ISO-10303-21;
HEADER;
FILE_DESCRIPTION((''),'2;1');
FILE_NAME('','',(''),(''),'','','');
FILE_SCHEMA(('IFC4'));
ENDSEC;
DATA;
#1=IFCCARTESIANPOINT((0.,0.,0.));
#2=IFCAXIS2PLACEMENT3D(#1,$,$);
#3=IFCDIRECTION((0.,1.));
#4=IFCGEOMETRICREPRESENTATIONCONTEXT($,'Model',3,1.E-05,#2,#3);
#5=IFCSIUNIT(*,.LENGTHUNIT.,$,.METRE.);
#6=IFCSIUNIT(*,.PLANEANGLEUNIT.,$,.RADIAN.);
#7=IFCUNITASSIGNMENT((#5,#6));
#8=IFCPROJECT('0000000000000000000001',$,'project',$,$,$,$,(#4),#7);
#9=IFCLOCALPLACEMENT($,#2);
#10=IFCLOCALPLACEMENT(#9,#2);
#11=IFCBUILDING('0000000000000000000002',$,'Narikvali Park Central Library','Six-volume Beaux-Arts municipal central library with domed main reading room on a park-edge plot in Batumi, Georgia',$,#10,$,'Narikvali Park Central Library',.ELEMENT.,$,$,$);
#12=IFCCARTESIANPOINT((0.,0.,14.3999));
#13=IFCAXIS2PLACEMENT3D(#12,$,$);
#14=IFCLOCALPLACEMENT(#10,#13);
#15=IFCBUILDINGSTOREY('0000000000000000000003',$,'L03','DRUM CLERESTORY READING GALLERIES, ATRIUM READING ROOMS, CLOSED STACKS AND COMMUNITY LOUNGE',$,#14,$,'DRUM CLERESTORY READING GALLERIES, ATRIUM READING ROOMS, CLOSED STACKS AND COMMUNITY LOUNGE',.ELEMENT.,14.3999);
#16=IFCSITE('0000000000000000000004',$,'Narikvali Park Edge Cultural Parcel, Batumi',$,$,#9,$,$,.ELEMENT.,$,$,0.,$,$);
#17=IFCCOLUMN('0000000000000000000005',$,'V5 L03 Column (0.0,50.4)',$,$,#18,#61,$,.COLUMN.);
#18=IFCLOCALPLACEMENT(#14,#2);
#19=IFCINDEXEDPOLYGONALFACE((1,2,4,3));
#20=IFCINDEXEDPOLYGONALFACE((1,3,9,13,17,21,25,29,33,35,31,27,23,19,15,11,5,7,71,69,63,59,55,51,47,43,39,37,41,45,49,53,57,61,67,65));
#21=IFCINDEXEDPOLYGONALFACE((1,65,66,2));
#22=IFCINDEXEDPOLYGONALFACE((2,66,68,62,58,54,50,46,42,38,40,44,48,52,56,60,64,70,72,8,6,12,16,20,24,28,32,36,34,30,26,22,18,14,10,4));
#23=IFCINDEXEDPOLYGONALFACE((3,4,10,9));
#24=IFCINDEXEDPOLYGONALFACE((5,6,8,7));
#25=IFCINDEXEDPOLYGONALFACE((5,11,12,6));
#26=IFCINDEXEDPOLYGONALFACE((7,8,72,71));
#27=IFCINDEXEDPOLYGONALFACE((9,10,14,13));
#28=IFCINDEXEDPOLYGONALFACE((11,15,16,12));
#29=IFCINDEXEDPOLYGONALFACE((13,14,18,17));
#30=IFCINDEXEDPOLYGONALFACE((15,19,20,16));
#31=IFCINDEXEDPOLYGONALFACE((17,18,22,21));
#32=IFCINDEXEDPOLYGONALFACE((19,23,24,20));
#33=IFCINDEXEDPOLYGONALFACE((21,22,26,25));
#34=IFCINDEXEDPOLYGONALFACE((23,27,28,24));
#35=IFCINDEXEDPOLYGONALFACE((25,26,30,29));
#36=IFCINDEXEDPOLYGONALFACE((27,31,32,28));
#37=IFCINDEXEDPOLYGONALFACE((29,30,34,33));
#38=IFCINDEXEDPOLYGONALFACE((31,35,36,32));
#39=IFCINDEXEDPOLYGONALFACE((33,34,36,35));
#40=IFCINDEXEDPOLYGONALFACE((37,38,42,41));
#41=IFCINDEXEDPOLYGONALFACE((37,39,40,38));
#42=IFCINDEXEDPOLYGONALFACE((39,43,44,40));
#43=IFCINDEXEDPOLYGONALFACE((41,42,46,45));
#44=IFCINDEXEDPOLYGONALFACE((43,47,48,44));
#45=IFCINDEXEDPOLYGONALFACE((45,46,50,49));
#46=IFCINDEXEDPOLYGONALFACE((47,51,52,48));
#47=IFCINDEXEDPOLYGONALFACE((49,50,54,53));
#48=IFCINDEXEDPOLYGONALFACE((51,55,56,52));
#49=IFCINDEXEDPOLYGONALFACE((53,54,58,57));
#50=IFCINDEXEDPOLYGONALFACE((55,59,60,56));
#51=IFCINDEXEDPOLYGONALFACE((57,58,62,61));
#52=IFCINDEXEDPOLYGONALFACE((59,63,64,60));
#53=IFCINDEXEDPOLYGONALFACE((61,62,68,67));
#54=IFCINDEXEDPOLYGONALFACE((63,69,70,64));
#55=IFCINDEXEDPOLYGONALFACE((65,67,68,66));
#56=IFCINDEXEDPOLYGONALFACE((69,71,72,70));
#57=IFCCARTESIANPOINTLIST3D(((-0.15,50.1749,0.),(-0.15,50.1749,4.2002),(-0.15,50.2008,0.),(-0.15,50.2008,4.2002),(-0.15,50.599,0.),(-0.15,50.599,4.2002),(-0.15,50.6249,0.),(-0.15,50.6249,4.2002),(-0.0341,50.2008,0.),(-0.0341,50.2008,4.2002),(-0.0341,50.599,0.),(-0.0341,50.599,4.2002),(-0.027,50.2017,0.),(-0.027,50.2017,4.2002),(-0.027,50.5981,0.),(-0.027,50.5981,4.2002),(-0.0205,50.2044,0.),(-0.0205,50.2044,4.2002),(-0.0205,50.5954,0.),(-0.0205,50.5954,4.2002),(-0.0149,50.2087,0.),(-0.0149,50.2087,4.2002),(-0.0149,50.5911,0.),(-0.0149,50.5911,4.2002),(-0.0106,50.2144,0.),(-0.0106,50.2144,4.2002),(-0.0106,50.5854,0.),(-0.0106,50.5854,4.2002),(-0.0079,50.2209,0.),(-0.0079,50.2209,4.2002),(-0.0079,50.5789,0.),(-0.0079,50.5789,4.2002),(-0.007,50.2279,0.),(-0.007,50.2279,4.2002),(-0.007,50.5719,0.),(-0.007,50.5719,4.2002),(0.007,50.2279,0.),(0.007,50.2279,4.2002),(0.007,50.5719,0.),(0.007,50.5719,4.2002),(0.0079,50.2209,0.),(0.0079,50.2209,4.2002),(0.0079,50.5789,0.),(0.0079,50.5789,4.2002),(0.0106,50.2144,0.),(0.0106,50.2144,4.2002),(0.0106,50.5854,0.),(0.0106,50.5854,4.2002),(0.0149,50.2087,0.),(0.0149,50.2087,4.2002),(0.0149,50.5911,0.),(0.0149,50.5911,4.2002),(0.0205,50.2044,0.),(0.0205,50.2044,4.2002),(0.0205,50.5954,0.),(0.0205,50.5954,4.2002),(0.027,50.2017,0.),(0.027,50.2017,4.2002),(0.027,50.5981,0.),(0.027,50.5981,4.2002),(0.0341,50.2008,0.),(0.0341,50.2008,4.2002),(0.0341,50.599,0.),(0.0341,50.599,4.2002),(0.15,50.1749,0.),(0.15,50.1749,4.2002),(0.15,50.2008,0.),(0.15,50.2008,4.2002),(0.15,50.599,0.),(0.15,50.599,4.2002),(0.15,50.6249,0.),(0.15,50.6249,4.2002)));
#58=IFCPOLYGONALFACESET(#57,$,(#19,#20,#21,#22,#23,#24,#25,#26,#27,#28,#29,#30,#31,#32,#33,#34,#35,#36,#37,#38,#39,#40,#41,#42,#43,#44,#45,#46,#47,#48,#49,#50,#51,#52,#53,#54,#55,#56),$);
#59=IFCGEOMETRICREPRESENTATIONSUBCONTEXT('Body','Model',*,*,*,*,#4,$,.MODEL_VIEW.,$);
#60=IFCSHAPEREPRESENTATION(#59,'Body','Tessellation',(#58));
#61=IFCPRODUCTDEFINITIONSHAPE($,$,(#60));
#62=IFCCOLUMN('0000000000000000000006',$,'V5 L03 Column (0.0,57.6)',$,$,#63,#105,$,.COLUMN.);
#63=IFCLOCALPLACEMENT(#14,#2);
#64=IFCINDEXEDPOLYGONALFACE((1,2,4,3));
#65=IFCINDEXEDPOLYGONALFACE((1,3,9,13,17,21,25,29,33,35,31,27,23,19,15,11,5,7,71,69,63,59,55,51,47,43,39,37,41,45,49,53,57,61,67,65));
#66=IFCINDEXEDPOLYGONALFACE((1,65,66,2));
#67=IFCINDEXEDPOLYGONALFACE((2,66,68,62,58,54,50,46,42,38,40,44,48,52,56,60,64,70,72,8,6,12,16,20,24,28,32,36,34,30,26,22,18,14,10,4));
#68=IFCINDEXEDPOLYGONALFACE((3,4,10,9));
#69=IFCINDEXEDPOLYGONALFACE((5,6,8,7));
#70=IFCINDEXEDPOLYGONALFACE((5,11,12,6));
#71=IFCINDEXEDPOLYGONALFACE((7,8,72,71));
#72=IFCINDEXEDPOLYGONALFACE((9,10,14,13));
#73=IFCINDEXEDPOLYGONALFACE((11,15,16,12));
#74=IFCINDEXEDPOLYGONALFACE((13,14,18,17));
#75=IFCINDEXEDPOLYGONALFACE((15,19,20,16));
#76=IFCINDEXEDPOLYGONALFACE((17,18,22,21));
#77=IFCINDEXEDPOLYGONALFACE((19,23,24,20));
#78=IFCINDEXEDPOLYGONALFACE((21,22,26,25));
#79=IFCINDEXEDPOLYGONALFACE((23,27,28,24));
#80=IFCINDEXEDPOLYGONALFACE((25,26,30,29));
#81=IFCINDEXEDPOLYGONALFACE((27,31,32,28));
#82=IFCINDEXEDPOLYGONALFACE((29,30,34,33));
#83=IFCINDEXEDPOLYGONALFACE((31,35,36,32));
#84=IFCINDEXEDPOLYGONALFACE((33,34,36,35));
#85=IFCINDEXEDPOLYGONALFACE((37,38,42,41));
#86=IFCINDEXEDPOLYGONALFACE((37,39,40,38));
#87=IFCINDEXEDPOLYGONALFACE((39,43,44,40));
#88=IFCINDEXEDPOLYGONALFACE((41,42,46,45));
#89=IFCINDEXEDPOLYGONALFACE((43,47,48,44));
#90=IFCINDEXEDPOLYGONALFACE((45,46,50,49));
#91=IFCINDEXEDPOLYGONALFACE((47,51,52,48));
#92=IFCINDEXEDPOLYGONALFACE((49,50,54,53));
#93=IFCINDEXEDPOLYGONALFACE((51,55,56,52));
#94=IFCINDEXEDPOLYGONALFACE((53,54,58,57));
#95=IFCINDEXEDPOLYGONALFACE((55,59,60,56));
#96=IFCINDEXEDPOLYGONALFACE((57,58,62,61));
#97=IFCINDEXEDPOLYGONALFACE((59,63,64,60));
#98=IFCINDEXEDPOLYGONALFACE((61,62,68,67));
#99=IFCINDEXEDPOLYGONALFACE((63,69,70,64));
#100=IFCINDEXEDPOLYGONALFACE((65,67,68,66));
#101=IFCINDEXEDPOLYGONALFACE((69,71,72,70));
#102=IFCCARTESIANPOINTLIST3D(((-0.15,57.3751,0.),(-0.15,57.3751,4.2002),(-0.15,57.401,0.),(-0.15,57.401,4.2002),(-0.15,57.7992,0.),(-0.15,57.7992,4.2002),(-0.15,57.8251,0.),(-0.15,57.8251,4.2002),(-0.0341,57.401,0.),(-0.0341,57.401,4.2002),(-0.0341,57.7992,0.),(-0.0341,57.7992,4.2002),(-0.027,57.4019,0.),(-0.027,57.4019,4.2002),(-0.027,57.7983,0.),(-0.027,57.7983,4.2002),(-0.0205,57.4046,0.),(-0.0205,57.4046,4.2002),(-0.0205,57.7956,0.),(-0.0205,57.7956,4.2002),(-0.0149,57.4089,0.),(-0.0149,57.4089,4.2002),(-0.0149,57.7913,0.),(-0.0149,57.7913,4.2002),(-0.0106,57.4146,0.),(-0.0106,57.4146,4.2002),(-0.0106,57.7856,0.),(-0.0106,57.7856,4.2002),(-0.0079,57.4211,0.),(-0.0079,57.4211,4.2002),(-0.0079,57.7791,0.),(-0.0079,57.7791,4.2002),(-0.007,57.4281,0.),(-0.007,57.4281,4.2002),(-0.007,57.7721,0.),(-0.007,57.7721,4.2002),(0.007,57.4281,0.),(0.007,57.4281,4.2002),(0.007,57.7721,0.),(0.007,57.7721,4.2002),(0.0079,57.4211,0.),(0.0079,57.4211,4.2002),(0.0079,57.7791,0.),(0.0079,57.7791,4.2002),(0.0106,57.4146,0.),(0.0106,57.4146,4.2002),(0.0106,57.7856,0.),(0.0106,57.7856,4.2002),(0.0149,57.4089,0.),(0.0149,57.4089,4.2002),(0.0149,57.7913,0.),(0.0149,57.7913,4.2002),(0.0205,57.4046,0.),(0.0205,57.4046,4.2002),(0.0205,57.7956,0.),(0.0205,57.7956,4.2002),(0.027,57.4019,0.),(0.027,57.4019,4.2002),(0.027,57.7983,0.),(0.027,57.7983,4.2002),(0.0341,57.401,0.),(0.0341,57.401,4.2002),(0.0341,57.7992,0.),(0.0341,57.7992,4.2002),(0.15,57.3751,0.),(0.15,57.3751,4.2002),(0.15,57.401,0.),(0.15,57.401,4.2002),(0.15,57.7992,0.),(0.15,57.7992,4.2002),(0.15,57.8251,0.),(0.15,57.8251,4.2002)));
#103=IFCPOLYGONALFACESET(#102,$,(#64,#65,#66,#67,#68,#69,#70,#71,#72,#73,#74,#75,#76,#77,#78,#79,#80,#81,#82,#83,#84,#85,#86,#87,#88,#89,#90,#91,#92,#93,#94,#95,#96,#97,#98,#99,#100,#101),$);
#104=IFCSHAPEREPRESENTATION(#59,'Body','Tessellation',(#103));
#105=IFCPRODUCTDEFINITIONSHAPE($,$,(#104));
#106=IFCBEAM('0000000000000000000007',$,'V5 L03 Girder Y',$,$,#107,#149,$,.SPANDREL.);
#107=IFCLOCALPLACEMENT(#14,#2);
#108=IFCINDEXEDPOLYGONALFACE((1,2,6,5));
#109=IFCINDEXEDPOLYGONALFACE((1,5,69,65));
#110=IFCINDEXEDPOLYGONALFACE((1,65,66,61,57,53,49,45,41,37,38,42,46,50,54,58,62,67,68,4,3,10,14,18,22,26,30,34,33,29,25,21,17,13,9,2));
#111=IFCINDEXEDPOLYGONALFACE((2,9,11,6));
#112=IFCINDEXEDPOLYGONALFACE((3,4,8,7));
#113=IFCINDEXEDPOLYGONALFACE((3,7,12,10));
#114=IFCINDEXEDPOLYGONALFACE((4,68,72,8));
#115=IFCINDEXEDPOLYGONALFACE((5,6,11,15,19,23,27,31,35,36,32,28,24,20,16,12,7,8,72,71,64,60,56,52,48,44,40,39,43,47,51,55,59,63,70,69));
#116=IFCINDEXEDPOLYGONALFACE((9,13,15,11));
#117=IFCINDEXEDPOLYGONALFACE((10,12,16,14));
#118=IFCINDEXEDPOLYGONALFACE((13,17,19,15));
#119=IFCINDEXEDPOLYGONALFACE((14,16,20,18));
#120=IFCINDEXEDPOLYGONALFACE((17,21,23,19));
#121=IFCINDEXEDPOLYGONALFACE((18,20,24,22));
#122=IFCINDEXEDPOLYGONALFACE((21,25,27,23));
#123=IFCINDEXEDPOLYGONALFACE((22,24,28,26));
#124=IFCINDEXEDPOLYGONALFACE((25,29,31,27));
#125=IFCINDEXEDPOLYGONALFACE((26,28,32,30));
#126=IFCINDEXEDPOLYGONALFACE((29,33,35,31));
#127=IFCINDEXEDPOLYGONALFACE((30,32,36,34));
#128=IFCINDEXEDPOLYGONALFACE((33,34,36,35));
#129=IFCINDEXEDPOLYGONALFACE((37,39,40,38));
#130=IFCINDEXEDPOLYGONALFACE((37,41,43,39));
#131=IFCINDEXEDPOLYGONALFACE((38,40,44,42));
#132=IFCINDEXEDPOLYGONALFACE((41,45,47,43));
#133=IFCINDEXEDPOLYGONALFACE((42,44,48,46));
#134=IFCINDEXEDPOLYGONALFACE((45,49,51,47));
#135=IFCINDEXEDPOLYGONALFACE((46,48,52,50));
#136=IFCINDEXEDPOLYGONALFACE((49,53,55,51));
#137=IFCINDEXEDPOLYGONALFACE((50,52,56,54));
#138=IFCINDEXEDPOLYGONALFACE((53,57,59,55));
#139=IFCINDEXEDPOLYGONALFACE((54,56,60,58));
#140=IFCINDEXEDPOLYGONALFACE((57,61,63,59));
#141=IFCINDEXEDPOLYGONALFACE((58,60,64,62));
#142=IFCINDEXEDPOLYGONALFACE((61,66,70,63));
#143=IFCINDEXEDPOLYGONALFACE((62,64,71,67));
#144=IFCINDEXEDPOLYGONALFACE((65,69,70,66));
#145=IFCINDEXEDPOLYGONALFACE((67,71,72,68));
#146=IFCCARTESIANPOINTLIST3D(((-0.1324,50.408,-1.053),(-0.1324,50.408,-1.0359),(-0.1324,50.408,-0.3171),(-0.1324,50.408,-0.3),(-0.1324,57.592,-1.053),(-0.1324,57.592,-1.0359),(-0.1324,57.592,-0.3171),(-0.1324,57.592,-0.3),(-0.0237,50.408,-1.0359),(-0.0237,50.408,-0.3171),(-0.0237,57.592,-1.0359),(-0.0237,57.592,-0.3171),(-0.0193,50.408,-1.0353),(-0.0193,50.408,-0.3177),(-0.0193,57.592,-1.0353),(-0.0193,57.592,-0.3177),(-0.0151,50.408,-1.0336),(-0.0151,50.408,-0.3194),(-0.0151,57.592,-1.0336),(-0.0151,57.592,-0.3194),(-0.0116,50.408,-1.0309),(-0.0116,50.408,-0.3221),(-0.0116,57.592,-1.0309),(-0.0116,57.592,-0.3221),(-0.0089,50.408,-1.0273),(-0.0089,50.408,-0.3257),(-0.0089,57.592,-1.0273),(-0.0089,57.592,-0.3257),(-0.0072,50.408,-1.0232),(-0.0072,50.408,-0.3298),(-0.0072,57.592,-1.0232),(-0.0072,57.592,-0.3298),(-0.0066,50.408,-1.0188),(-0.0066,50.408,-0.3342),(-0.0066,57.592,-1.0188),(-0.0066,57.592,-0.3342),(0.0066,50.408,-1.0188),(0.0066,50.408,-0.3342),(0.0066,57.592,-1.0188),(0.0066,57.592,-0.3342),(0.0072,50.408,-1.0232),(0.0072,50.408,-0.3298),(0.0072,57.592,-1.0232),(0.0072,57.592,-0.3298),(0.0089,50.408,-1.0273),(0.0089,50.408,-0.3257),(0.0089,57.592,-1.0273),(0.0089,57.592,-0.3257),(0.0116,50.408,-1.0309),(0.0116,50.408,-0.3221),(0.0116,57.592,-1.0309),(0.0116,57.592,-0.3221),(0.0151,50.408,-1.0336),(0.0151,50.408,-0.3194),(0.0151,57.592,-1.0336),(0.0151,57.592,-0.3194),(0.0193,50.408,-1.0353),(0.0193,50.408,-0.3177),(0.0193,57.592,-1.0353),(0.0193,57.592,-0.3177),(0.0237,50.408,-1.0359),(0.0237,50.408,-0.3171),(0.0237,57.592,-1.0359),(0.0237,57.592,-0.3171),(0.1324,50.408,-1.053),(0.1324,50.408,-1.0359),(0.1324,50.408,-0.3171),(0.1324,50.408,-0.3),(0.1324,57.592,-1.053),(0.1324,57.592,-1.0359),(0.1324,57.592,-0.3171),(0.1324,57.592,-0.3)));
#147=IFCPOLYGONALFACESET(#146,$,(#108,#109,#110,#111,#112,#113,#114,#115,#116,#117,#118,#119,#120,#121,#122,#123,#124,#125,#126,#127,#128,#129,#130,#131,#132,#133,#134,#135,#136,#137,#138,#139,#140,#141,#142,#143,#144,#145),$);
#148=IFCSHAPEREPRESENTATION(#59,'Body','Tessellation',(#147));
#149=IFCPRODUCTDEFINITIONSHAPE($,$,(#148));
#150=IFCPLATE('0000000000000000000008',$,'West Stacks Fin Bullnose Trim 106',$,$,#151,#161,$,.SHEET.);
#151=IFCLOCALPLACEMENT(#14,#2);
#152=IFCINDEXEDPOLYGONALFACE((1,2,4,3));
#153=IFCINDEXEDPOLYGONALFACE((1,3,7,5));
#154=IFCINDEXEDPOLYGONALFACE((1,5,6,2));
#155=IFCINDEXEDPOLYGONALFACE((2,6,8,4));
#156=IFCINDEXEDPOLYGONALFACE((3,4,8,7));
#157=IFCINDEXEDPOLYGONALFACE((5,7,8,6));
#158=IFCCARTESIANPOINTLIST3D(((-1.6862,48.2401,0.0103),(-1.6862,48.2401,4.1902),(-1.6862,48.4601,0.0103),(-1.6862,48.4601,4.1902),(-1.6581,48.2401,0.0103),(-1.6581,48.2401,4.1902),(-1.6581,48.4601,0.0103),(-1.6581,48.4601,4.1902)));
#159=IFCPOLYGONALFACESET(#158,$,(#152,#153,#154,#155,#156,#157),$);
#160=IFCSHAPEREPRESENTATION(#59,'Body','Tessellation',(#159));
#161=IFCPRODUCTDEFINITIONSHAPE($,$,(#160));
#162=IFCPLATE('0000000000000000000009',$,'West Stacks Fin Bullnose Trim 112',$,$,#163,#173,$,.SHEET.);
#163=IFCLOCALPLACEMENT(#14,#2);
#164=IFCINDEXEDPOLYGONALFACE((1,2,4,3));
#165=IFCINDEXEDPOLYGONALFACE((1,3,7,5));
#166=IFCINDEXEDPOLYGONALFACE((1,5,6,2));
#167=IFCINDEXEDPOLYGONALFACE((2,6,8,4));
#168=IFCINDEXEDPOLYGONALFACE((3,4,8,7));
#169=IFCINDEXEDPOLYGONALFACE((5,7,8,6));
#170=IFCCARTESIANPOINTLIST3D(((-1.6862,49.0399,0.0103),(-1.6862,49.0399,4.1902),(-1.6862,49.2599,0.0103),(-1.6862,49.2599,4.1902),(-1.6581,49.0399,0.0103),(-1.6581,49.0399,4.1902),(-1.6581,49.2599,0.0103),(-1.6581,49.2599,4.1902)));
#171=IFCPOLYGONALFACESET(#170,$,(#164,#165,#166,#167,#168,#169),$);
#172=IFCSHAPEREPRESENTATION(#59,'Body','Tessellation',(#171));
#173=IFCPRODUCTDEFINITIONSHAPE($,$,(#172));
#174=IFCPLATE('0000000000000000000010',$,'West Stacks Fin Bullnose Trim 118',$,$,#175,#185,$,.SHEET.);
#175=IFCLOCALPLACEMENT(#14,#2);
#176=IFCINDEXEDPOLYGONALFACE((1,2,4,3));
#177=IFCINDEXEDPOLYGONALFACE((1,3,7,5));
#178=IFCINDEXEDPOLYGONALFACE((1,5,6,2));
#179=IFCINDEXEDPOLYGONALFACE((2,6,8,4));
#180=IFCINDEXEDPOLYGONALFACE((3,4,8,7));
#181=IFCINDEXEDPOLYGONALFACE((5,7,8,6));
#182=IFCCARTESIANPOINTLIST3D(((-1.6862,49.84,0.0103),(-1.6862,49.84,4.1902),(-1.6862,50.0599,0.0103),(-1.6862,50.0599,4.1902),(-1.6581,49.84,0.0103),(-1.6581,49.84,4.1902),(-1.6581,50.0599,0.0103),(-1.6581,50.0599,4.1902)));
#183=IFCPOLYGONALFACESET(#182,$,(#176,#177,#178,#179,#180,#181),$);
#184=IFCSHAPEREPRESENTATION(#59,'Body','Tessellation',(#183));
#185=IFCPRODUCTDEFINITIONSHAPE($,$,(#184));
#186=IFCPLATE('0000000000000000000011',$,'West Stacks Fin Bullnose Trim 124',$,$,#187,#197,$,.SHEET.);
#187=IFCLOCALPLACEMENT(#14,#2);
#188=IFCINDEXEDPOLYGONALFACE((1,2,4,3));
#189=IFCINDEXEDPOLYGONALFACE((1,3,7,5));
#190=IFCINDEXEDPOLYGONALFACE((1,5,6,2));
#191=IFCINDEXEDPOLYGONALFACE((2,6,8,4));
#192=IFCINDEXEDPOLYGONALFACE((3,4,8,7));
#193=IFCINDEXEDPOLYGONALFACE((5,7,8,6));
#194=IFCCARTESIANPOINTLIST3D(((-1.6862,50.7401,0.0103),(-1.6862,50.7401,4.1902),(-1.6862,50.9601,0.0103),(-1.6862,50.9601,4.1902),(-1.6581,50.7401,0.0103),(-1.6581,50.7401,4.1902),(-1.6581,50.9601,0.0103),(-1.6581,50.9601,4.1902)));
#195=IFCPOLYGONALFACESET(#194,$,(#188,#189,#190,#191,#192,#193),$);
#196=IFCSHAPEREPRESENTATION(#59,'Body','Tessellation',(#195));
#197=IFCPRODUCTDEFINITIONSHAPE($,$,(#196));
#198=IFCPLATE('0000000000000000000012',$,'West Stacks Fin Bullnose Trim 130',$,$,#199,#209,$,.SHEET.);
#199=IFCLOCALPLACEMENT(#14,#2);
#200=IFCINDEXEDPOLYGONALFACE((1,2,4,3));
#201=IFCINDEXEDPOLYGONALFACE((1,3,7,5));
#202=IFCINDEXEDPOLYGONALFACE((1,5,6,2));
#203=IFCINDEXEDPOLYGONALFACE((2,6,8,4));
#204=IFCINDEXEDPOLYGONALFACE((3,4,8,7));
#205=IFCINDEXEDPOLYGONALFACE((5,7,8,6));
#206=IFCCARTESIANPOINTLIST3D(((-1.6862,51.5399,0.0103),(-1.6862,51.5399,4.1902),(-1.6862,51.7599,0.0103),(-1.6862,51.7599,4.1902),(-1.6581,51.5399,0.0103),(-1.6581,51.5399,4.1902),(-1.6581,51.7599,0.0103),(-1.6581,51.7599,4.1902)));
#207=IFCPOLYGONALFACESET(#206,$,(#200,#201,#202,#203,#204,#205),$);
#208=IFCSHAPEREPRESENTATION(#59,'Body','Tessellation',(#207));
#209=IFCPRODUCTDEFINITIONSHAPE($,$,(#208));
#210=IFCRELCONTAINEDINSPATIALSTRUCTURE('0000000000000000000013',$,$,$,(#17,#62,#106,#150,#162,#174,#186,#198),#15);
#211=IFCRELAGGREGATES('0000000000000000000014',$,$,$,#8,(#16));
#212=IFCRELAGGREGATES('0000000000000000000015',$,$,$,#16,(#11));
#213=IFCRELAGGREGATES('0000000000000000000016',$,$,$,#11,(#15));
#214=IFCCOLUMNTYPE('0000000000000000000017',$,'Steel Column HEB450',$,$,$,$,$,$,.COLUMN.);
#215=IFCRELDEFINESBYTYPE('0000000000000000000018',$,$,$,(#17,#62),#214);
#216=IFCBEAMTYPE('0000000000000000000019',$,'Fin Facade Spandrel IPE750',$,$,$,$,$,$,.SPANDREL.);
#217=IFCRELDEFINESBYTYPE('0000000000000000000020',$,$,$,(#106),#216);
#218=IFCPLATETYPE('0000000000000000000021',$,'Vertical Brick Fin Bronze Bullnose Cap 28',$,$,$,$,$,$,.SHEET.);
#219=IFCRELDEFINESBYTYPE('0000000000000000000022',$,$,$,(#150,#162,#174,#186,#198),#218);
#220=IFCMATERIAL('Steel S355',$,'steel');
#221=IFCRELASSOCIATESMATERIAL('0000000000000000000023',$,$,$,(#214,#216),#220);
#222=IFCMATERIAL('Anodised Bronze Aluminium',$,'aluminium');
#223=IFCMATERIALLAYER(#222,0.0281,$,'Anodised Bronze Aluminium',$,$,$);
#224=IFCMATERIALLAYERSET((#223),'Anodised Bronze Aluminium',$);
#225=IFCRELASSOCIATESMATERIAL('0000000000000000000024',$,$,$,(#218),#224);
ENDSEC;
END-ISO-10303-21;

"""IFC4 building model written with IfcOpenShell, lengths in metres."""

from ifc_helpers import new_model, si_unit, direction, frame, origin, origin_2d, place, context, subcontext, project, spatial, rectangle, i_section, extrude, material, layer, layer_set, material_profile, profile_set, type_object, element, save


model = new_model("IFC4")

# Units and contexts
model_context = context("Model", 3, precision=1e-05, world=origin(), true_north=direction((0.0, 1.0)))
body_context = subcontext(model_context, "Body", "Model", "MODEL_VIEW")
ifc_project = project(units=[si_unit("LENGTHUNIT", "METRE"), si_unit("PLANEANGLEUNIT", "RADIAN")], contexts=[model_context])

# Site, building, storey
site_placement = place(None, origin())
site = spatial("IfcSite", under=ifc_project, at=site_placement, Name="Narikvali Park Edge Cultural Parcel, Batumi", CompositionType="ELEMENT", RefElevation=0.0)
building_placement = place(site_placement, origin())
building = spatial("IfcBuilding", under=site, at=building_placement, Name="Narikvali Park Central Library", Description="Six-volume Beaux-Arts municipal central library with domed main reading room on a park-edge plot in Batumi, Georgia", LongName="Narikvali Park Central Library", CompositionType="ELEMENT")
storey_placement = place(building_placement, frame((0.0, 0.0, 14.3999)))
storey = spatial("IfcBuildingStorey", under=building, at=storey_placement, Name="L03", Description="DRUM CLERESTORY READING GALLERIES, ATRIUM READING ROOMS, CLOSED STACKS AND COMMUNITY LOUNGE", LongName="DRUM CLERESTORY READING GALLERIES, ATRIUM READING ROOMS, CLOSED STACKS AND COMMUNITY LOUNGE", CompositionType="ELEMENT", Elevation=14.3999)

# Columns
ifc_material_1 = material(Name="Steel S355", Category="steel")
ifc_material_profile_1 = material_profile(ifc_material_1, i_section(OverallWidth=0.3, OverallDepth=0.45, WebThickness=0.0139, FlangeThickness=0.0259, FilletRadius=0.0271, at=origin_2d()), Name="HEB 450")
ifc_profile_set_1 = profile_set([ifc_material_profile_1], Name="Steel S355")
column_type = type_object("IfcColumnType", Name="Steel Column HEB450", PredefinedType="COLUMN", material=ifc_profile_set_1)
for number, where, z_axis, x_axis, name in (
    (1, (0.0, 50.3999, 0.0), (0.0, 0.0, 1.0), (1.0, 0.0, 0.0), "V5 L03 Column (0.0,50.4)"),
    (2, (0.0, 57.6001, 0.0), (0.0, 0.0, 1.0), (1.0, 0.0, 0.0), "V5 L03 Column (0.0,57.6)"),
):
    element("IfcColumn", number, at=place(storey_placement, frame(where, z_axis=z_axis, x_axis=x_axis)), inside=storey, type_object=column_type, Name=name, PredefinedType="COLUMN", context=body_context, shape_type="SweptSolid", body=[
        extrude(i_section(OverallWidth=0.3, OverallDepth=0.45, WebThickness=0.0139, FlangeThickness=0.0259, FilletRadius=0.0271, at=origin_2d()), origin(), (0.0, 0.0, 1.0), 4.2002),
    ])

# Beam
ifc_material_profile_2 = material_profile(ifc_material_1, i_section(OverallWidth=0.2649, OverallDepth=0.7529, WebThickness=0.0132, FlangeThickness=0.0171, FilletRadius=0.0171, at=origin_2d()), Name="IPE 750x147")
ifc_profile_set_2 = profile_set([ifc_material_profile_2], Name="Steel S355")
beam_type = type_object("IfcBeamType", Name="Fin Facade Spandrel IPE750", PredefinedType="SPANDREL", material=ifc_profile_set_2)
beam_placement = place(storey_placement, frame((0.0, 50.408, -0.6765), z_axis=(0.0, 1.0, 0.0), x_axis=(-1.0, 0.0, 0.0)))
element("IfcBeam", 3, at=beam_placement, inside=storey, type_object=beam_type, Name="V5 L03 Girder Y", PredefinedType="SPANDREL", context=body_context, shape_type="SweptSolid", body=[
    extrude(i_section(OverallWidth=0.2649, OverallDepth=0.7529, WebThickness=0.0132, FlangeThickness=0.0171, FilletRadius=0.0171, at=origin_2d()), origin(), (0.0, 0.0, 1.0), 7.1841),
])

# Plates
ifc_material_2 = material(Name="Anodised Bronze Aluminium", Category="aluminium")
ifc_layer_1 = layer(ifc_material_2, 0.0281, Name="Anodised Bronze Aluminium")
ifc_layer_set_1 = layer_set([ifc_layer_1], Name="Anodised Bronze Aluminium")
plate_type = type_object("IfcPlateType", Name="Vertical Brick Fin Bronze Bullnose Cap 28", PredefinedType="SHEET", material=ifc_layer_set_1)
for number, where, z_axis, x_axis, name in (
    (4, (-1.6721, 48.3501, 0.0103), (0.0, 0.0, 1.0), (1.0, 0.0, 0.0), "West Stacks Fin Bullnose Trim 106"),
    (5, (-1.6721, 49.1499, 0.0103), (0.0, 0.0, 1.0), (1.0, 0.0, 0.0), "West Stacks Fin Bullnose Trim 112"),
    (6, (-1.6721, 49.95, 0.0103), (0.0, 0.0, 1.0), (1.0, 0.0, 0.0), "West Stacks Fin Bullnose Trim 118"),
    (7, (-1.6721, 50.8501, 0.0103), (0.0, 0.0, 1.0), (1.0, 0.0, 0.0), "West Stacks Fin Bullnose Trim 124"),
    (8, (-1.6721, 51.6499, 0.0103), (0.0, 0.0, 1.0), (1.0, 0.0, 0.0), "West Stacks Fin Bullnose Trim 130"),
):
    element("IfcPlate", number, at=place(storey_placement, frame(where, z_axis=z_axis, x_axis=x_axis)), inside=storey, type_object=plate_type, Name=name, PredefinedType="SHEET", context=body_context, shape_type="SweptSolid", body=[
        extrude(rectangle(XDim=0.0281, YDim=0.22, at=origin_2d()), origin(), (0.0, 0.0, 1.0), 4.1799),
    ])

save(model, "model.ifc")
